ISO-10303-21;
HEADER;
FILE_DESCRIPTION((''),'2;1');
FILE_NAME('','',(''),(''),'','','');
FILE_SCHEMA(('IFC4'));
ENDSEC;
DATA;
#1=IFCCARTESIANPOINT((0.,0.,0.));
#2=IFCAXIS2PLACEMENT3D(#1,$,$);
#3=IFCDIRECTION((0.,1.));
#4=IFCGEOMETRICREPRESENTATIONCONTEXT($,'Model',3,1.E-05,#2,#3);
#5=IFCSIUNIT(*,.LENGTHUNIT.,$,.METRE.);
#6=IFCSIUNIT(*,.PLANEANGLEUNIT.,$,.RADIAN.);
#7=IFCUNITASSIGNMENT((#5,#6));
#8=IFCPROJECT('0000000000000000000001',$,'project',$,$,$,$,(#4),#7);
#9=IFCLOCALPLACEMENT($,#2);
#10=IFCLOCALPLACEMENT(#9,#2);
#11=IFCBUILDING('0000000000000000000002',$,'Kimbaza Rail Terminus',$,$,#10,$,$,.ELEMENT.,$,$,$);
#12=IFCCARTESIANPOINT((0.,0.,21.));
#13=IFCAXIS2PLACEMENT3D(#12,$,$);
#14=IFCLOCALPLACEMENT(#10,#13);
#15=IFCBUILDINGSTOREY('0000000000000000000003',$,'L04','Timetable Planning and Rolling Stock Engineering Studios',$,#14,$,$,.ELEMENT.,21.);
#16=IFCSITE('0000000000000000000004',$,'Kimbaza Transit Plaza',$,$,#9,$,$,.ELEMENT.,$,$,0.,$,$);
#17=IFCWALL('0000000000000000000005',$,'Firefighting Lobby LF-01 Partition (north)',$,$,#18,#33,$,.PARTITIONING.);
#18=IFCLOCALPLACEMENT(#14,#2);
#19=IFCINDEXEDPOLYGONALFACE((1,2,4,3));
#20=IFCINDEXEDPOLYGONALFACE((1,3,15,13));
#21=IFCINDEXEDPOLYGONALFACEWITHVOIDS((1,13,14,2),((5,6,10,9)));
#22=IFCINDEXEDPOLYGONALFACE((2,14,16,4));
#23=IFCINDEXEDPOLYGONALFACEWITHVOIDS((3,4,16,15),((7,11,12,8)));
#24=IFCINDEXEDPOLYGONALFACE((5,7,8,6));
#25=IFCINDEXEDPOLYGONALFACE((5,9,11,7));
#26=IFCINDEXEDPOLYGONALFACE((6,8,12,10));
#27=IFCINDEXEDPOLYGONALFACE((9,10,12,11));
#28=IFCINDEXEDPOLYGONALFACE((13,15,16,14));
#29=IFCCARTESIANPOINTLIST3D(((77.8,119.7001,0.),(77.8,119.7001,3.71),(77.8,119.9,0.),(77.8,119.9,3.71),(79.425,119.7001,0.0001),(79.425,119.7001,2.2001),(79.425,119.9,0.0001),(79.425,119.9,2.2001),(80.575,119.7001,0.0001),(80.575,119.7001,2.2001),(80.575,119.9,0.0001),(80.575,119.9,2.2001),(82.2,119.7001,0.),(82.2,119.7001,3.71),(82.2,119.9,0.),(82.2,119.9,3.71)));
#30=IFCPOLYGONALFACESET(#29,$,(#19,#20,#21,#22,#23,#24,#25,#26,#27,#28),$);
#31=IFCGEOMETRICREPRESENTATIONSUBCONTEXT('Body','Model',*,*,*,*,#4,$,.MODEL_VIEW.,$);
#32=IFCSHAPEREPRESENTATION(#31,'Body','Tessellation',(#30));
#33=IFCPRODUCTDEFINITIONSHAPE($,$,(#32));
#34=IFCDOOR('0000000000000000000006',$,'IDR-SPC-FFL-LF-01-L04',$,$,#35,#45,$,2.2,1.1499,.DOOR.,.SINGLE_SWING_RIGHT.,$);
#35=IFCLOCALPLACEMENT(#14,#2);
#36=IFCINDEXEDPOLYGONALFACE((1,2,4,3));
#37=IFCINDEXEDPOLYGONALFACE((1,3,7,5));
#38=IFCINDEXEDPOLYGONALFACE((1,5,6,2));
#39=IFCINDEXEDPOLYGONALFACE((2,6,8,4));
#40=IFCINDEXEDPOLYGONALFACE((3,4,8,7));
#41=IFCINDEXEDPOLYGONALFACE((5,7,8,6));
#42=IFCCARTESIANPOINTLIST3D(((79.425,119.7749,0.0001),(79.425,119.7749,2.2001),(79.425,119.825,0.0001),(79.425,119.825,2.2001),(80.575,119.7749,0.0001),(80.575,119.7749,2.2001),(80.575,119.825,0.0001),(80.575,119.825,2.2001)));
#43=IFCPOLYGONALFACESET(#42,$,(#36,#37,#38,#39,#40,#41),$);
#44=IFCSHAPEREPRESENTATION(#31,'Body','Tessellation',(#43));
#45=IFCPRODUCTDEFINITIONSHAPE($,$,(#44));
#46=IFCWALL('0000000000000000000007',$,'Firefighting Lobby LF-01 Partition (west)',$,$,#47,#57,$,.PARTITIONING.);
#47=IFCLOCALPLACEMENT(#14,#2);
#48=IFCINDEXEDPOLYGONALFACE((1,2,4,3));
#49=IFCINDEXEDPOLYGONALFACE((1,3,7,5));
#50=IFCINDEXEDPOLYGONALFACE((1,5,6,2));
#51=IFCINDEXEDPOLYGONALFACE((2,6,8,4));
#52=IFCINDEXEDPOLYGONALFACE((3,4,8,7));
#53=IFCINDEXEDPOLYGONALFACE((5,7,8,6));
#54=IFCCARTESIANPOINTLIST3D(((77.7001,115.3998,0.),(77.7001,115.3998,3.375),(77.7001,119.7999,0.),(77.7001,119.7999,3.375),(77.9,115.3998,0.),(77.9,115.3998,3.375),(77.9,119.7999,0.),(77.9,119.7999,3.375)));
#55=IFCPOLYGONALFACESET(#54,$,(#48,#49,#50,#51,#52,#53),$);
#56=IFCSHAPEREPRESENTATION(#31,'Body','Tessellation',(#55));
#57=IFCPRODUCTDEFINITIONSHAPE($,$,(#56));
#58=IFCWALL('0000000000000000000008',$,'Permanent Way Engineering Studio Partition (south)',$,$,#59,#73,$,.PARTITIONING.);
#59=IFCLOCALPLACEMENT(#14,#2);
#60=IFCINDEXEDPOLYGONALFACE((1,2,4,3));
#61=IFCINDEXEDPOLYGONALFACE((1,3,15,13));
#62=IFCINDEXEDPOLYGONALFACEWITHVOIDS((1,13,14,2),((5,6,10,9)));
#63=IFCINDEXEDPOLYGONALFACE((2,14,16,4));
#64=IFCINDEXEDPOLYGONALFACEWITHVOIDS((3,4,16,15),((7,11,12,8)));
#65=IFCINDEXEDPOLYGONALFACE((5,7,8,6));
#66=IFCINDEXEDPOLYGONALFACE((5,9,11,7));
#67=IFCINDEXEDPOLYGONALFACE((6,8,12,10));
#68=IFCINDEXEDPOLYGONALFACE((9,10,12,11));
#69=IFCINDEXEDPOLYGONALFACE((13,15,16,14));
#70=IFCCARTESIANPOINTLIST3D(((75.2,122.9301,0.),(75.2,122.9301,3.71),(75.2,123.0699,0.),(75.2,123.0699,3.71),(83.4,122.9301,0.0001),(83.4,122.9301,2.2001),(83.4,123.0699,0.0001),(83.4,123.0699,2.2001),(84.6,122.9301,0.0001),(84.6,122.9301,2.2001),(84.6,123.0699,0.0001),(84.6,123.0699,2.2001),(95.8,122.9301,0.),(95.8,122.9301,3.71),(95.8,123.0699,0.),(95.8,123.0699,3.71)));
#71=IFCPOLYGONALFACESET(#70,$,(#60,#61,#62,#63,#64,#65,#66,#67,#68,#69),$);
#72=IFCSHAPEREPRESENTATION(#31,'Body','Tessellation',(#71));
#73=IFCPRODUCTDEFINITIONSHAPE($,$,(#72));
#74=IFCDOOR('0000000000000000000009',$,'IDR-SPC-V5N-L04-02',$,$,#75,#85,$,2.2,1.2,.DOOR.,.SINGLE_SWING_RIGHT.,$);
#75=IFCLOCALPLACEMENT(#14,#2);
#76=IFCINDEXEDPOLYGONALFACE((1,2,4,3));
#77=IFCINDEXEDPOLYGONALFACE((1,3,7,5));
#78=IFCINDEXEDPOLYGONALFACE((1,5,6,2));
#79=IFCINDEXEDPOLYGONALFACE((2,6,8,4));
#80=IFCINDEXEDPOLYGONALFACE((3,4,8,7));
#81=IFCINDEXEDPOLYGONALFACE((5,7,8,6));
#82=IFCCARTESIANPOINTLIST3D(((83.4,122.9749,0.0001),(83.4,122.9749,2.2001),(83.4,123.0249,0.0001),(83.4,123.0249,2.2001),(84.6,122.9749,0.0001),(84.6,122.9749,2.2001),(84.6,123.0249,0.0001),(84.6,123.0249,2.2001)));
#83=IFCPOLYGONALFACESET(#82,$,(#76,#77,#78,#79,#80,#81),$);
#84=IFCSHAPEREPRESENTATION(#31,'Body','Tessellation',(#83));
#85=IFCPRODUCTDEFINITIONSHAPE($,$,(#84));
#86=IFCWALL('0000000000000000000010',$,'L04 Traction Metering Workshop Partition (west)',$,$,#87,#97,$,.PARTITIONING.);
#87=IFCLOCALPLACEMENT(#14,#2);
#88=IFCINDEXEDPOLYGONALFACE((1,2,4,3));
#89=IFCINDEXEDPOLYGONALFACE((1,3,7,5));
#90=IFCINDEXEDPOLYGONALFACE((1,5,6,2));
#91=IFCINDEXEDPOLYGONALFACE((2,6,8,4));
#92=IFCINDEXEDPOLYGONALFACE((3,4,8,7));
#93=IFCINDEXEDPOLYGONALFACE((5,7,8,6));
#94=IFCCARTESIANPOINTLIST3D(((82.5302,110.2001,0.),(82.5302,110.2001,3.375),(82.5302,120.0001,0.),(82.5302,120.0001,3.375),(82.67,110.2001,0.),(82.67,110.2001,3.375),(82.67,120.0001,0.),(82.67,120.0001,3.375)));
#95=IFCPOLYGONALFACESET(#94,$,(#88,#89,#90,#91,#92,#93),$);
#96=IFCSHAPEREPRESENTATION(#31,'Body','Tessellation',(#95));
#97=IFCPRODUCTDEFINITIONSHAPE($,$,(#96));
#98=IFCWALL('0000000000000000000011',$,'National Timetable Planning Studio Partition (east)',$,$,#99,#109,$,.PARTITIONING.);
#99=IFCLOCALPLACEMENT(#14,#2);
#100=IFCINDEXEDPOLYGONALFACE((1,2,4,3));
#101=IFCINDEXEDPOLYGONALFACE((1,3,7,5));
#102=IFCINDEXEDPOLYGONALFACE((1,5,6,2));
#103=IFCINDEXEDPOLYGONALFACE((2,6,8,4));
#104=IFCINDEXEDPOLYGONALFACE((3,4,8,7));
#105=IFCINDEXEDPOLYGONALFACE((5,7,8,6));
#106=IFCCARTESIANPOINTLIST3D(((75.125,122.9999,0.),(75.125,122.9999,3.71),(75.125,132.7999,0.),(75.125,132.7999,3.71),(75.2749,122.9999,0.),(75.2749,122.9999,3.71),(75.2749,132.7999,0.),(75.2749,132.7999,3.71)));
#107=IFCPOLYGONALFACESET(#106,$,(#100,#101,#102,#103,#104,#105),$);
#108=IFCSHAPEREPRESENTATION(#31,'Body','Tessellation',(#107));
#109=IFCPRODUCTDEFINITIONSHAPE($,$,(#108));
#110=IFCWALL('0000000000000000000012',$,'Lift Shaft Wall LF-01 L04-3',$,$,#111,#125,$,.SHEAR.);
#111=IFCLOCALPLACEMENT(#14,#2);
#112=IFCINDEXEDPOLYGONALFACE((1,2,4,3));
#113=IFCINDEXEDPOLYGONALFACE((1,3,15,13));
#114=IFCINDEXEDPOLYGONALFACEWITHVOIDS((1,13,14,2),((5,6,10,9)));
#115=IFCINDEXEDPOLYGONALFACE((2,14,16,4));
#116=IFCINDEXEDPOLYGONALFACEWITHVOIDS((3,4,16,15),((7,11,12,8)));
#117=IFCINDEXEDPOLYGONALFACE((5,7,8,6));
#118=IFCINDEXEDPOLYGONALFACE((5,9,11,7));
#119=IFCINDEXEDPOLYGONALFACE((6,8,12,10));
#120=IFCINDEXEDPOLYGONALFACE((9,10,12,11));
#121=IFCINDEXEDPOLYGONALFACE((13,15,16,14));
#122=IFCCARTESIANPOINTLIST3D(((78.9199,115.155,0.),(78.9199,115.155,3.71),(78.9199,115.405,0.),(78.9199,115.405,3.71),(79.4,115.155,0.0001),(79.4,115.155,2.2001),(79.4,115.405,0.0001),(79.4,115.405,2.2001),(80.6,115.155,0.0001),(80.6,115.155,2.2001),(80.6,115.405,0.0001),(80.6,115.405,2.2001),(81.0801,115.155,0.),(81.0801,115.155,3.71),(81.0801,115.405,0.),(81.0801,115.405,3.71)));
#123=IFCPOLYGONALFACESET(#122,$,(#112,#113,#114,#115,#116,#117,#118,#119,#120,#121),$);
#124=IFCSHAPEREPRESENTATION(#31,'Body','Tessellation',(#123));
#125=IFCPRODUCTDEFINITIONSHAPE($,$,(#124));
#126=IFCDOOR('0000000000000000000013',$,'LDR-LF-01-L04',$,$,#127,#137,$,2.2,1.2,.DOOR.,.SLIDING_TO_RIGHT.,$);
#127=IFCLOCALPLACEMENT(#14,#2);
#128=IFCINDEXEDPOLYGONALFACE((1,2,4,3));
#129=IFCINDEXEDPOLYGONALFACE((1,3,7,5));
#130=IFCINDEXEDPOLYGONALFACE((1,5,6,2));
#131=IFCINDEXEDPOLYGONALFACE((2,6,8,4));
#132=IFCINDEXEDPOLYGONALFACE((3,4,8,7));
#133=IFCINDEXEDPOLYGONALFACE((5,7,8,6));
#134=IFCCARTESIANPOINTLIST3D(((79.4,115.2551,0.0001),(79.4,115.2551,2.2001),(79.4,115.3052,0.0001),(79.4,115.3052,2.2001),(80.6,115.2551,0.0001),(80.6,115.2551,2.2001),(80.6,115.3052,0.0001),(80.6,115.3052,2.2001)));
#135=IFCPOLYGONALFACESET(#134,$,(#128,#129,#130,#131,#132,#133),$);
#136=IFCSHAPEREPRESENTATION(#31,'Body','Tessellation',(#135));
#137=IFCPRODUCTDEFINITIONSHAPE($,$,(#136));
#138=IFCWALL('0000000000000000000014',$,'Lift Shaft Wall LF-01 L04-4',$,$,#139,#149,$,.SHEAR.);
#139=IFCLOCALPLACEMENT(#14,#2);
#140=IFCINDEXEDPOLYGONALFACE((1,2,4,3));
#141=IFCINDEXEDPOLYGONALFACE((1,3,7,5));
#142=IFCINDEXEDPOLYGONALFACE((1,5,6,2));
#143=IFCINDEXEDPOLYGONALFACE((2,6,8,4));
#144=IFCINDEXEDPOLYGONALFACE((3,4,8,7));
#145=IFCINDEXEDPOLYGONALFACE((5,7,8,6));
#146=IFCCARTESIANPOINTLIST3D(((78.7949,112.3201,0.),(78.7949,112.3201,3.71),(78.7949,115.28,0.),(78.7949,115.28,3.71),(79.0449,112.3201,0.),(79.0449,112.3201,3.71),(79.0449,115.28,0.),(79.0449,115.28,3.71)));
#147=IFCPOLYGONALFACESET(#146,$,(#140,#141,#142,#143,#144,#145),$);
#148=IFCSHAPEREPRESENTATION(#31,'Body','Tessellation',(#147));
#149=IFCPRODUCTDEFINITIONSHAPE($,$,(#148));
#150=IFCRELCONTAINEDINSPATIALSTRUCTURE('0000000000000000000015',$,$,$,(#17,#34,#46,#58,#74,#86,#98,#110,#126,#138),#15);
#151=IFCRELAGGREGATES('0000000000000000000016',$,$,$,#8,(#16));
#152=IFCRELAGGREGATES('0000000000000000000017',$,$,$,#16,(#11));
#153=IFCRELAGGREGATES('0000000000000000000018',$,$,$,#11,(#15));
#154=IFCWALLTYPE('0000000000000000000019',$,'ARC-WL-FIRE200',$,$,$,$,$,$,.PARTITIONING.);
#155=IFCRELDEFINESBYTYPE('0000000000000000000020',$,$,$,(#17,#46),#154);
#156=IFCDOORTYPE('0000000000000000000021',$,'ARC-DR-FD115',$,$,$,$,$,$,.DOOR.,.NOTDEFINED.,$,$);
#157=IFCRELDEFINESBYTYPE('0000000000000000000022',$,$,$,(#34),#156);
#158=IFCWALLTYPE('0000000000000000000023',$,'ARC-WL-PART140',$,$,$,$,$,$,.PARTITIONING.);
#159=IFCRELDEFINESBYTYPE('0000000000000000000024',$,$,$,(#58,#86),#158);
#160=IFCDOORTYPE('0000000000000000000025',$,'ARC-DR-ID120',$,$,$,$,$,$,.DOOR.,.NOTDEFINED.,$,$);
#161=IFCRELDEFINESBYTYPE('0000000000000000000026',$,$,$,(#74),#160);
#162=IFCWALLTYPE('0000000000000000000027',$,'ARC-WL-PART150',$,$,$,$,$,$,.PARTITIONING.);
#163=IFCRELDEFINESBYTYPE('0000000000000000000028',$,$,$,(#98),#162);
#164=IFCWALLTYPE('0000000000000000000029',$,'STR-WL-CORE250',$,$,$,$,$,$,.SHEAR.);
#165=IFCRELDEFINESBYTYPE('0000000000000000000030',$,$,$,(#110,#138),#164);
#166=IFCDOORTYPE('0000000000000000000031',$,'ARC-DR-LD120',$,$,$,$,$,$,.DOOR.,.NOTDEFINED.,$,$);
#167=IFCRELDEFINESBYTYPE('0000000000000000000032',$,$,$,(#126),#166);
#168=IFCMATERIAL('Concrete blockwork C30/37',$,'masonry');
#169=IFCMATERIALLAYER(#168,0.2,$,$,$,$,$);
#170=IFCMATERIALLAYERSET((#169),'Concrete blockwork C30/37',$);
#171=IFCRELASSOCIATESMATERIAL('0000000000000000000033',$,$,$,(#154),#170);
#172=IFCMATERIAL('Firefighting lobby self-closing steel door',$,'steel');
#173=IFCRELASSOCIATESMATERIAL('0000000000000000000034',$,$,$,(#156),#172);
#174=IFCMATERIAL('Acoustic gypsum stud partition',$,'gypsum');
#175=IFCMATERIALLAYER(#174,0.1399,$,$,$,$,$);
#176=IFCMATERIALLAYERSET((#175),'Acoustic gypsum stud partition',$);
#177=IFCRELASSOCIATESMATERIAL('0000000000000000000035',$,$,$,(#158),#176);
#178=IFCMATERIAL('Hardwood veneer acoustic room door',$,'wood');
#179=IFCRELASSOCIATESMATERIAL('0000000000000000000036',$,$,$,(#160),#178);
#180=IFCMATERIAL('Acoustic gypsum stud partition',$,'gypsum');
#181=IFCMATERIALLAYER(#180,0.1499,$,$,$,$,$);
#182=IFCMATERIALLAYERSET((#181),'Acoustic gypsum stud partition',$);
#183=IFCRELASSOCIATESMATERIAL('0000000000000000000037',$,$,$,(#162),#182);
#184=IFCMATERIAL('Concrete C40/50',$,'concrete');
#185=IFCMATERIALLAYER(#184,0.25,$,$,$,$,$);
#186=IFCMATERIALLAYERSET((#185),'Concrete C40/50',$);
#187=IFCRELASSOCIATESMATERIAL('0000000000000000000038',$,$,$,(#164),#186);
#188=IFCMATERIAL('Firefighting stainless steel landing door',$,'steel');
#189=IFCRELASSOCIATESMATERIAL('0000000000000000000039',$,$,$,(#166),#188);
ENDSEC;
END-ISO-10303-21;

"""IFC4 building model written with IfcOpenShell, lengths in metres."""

from ifc_helpers import new_model, si_unit, direction, frame, frame_2d, origin, place, context, subcontext, project, spatial, rectangle, extrude, material, layer, layer_set, type_object, element, fill, save


model = new_model("IFC4")

# Units and contexts
model_context = context("Model", 3, precision=1e-05, world=origin(), true_north=direction((0.0, 1.0)))
body_context = subcontext(model_context, "Body", "Model", "MODEL_VIEW")
ifc_project = project(units=[si_unit("LENGTHUNIT", "METRE"), si_unit("PLANEANGLEUNIT", "RADIAN")], contexts=[model_context])

# Site, building, storey
site_placement = place(None, origin())
site = spatial("IfcSite", under=ifc_project, at=site_placement, Name="Kimbaza Transit Plaza", CompositionType="ELEMENT", RefElevation=0.0)
building_placement = place(site_placement, origin())
building = spatial("IfcBuilding", under=site, at=building_placement, Name="Kimbaza Rail Terminus", CompositionType="ELEMENT")
storey_placement = place(building_placement, frame((0.0, 0.0, 21.0)))
storey = spatial("IfcBuildingStorey", under=building, at=storey_placement, Name="L04", Description="Timetable Planning and Rolling Stock Engineering Studios", CompositionType="ELEMENT", Elevation=21.0)

# Shared definitions
ifc_material_1 = material(Name="Concrete blockwork C30/37", Category="masonry")
ifc_layer_1 = layer(ifc_material_1, 0.2)
ifc_layer_set_1 = layer_set([ifc_layer_1], Name="Concrete blockwork C30/37")
wall_type_1 = type_object("IfcWallType", Name="ARC-WL-FIRE200", PredefinedType="PARTITIONING", material=ifc_layer_set_1)

# Wall, opening, door
wall_1_placement = place(storey_placement, frame((82.2, 119.8, 0.0), z_axis=(0.0, 0.0, 1.0), x_axis=(-1.0, 0.0, 0.0)))
wall_1 = element("IfcWall", 1, at=wall_1_placement, inside=storey, type_object=wall_type_1, Name="Firefighting Lobby LF-01 Partition (north)", PredefinedType="PARTITIONING", context=body_context, shape_type="SweptSolid", body=[
    extrude(rectangle(XDim=4.3999, YDim=0.2, at=frame_2d((2.2, 0.0))), origin(), (0.0, 0.0, 1.0), 3.71),
])
opening_1_placement = place(wall_1_placement, frame((2.7749, 0.0, 0.0), z_axis=(0.0, 0.0, 1.0), x_axis=(-1.0, 0.0, 0.0)))
opening_1 = element("IfcOpeningElement", 2, at=opening_1_placement, cuts=wall_1, PredefinedType="OPENING", context=body_context, shape_type="SweptSolid", body=[
    extrude(rectangle(XDim=1.1499, YDim=2.2, at=frame_2d((0.575, 1.1001))), frame((0.0, 0.1099, 0.0), z_axis=(0.0, -1.0, 0.0), x_axis=(1.0, 0.0, 0.0)), (0.0, 0.0, 1.0), 0.22),
])
ifc_material_2 = material(Name="Firefighting lobby self-closing steel door", Category="steel")
door_type_1 = type_object("IfcDoorType", Name="ARC-DR-FD115", OperationType="NOTDEFINED", PredefinedType="DOOR", material=ifc_material_2)
door_1_placement = place(opening_1_placement, origin())
door_1 = element("IfcDoor", 3, at=door_1_placement, inside=storey, type_object=door_type_1, Name="IDR-SPC-FFL-LF-01-L04", OperationType="SINGLE_SWING_RIGHT", OverallHeight=2.2, OverallWidth=1.1499, PredefinedType="DOOR", context=body_context, shape_type="SweptSolid", body=[
    extrude(rectangle(XDim=1.1499, YDim=2.2, at=frame_2d((0.575, 1.1001))), frame((0.0, 0.0249, 0.0), z_axis=(0.0, -1.0, 0.0), x_axis=(1.0, 0.0, 0.0)), (0.0, 0.0, 1.0), 0.05),
])
fill(opening_1, door_1)

# Wall
wall_2_placement = place(storey_placement, frame((77.8, 119.8, 0.0), z_axis=(0.0, 0.0, 1.0), x_axis=(0.0, -1.0, 0.0)))
element("IfcWall", 4, at=wall_2_placement, inside=storey, type_object=wall_type_1, Name="Firefighting Lobby LF-01 Partition (west)", PredefinedType="PARTITIONING", context=body_context, shape_type="SweptSolid", body=[
    extrude(rectangle(XDim=4.4001, YDim=0.2, at=frame_2d((2.2002, 0.0))), origin(), (0.0, 0.0, 1.0), 3.375),
])

# Wall, opening, door
ifc_material_3 = material(Name="Acoustic gypsum stud partition", Category="gypsum")
ifc_layer_2 = layer(ifc_material_3, 0.1399)
ifc_layer_set_2 = layer_set([ifc_layer_2], Name="Acoustic gypsum stud partition")
wall_type_2 = type_object("IfcWallType", Name="ARC-WL-PART140", PredefinedType="PARTITIONING", material=ifc_layer_set_2)
wall_3_placement = place(storey_placement, frame((75.2, 123.0, 0.0), z_axis=(0.0, 0.0, 1.0), x_axis=(1.0, 0.0, 0.0)))
wall_3 = element("IfcWall", 5, at=wall_3_placement, inside=storey, type_object=wall_type_2, Name="Permanent Way Engineering Studio Partition (south)", PredefinedType="PARTITIONING", context=body_context, shape_type="SweptSolid", body=[
    extrude(rectangle(XDim=20.6001, YDim=0.1399, at=frame_2d((10.3, 0.0))), origin(), (0.0, 0.0, 1.0), 3.71),
])
opening_2_placement = place(wall_3_placement, frame((8.2, 0.0, 0.0)))
opening_2 = element("IfcOpeningElement", 6, at=opening_2_placement, cuts=wall_3, PredefinedType="OPENING", context=body_context, shape_type="SweptSolid", body=[
    extrude(rectangle(XDim=1.2, YDim=2.2, at=frame_2d((0.6001, 1.1001))), frame((0.0, 0.0798, 0.0), z_axis=(0.0, -1.0, 0.0), x_axis=(1.0, 0.0, 0.0)), (0.0, 0.0, 1.0), 0.1599),
])
ifc_material_4 = material(Name="Hardwood veneer acoustic room door", Category="wood")
door_type_2 = type_object("IfcDoorType", Name="ARC-DR-ID120", OperationType="NOTDEFINED", PredefinedType="DOOR", material=ifc_material_4)
door_2_placement = place(opening_2_placement, origin())
door_2 = element("IfcDoor", 7, at=door_2_placement, inside=storey, type_object=door_type_2, Name="IDR-SPC-V5N-L04-02", OperationType="SINGLE_SWING_RIGHT", OverallHeight=2.2, OverallWidth=1.2, PredefinedType="DOOR", context=body_context, shape_type="SweptSolid", body=[
    extrude(rectangle(XDim=1.2, YDim=2.2, at=frame_2d((0.6001, 1.1001))), frame((0.0, 0.0249, 0.0), z_axis=(0.0, -1.0, 0.0), x_axis=(1.0, 0.0, 0.0)), (0.0, 0.0, 1.0), 0.05),
])
fill(opening_2, door_2)

# Walls
wall_4_placement = place(storey_placement, frame((82.6001, 120.0, 0.0), z_axis=(0.0, 0.0, 1.0), x_axis=(0.0, -1.0, 0.0)))
element("IfcWall", 8, at=wall_4_placement, inside=storey, type_object=wall_type_2, Name="L04 Traction Metering Workshop Partition (west)", PredefinedType="PARTITIONING", context=body_context, shape_type="SweptSolid", body=[
    extrude(rectangle(XDim=9.8, YDim=0.1399, at=frame_2d((4.8999, 0.0))), origin(), (0.0, 0.0, 1.0), 3.375),
])
ifc_material_5 = material(Name="Acoustic gypsum stud partition", Category="gypsum")
ifc_layer_3 = layer(ifc_material_5, 0.1499)
ifc_layer_set_3 = layer_set([ifc_layer_3], Name="Acoustic gypsum stud partition")
wall_type_3 = type_object("IfcWallType", Name="ARC-WL-PART150", PredefinedType="PARTITIONING", material=ifc_layer_set_3)
wall_5_placement = place(storey_placement, frame((75.2, 123.0, 0.0), z_axis=(0.0, 0.0, 1.0), x_axis=(0.0, 1.0, 0.0)))
element("IfcWall", 9, at=wall_5_placement, inside=storey, type_object=wall_type_3, Name="National Timetable Planning Studio Partition (east)", PredefinedType="PARTITIONING", context=body_context, shape_type="SweptSolid", body=[
    extrude(rectangle(XDim=9.8, YDim=0.1499, at=frame_2d((4.8999, 0.0))), origin(), (0.0, 0.0, 1.0), 3.71),
])

# Wall, opening, door
ifc_material_6 = material(Name="Concrete C40/50", Category="concrete")
ifc_layer_4 = layer(ifc_material_6, 0.25)
ifc_layer_set_4 = layer_set([ifc_layer_4], Name="Concrete C40/50")
wall_type_4 = type_object("IfcWallType", Name="STR-WL-CORE250", PredefinedType="SHEAR", material=ifc_layer_set_4)
wall_6_placement = place(storey_placement, frame((81.0801, 115.28, 0.0), z_axis=(0.0, 0.0, 1.0), x_axis=(-1.0, 0.0, 0.0)))
wall_6 = element("IfcWall", 10, at=wall_6_placement, inside=storey, type_object=wall_type_4, Name="Lift Shaft Wall LF-01 L04-3", PredefinedType="SHEAR", context=body_context, shape_type="SweptSolid", body=[
    extrude(rectangle(XDim=2.1602, YDim=0.25, at=frame_2d((1.0801, 0.0))), origin(), (0.0, 0.0, 1.0), 3.71),
])
opening_3_placement = place(wall_6_placement, frame((0.48, 0.0, 0.0)))
opening_3 = element("IfcOpeningElement", 11, at=opening_3_placement, cuts=wall_6, PredefinedType="OPENING", context=body_context, shape_type="SweptSolid", body=[
    extrude(rectangle(XDim=1.2, YDim=2.2, at=frame_2d((0.6001, 1.1001))), frame((0.0, 0.135, 0.0), z_axis=(0.0, -1.0, 0.0), x_axis=(1.0, 0.0, 0.0)), (0.0, 0.0, 1.0), 0.27),
])
ifc_material_7 = material(Name="Firefighting stainless steel landing door", Category="steel")
door_type_3 = type_object("IfcDoorType", Name="ARC-DR-LD120", OperationType="NOTDEFINED", PredefinedType="DOOR", material=ifc_material_7)
door_3_placement = place(opening_3_placement, origin())
door_3 = element("IfcDoor", 12, at=door_3_placement, inside=storey, type_object=door_type_3, Name="LDR-LF-01-L04", OperationType="SLIDING_TO_RIGHT", OverallHeight=2.2, OverallWidth=1.2, PredefinedType="DOOR", context=body_context, shape_type="SweptSolid", body=[
    extrude(rectangle(XDim=1.2, YDim=2.2, at=frame_2d((0.6001, 1.1001))), frame((0.0, 0.0249, 0.0), z_axis=(0.0, -1.0, 0.0), x_axis=(1.0, 0.0, 0.0)), (0.0, 0.0, 1.0), 0.05),
])
fill(opening_3, door_3)

# Wall
wall_7_placement = place(storey_placement, frame((78.9199, 115.28, 0.0), z_axis=(0.0, 0.0, 1.0), x_axis=(0.0, -1.0, 0.0)))
element("IfcWall", 13, at=wall_7_placement, inside=storey, type_object=wall_type_4, Name="Lift Shaft Wall LF-01 L04-4", PredefinedType="SHEAR", context=body_context, shape_type="SweptSolid", body=[
    extrude(rectangle(XDim=2.96, YDim=0.25, at=frame_2d((1.48, 0.0))), origin(), (0.0, 0.0, 1.0), 3.71),
])

save(model, "model.ifc")
